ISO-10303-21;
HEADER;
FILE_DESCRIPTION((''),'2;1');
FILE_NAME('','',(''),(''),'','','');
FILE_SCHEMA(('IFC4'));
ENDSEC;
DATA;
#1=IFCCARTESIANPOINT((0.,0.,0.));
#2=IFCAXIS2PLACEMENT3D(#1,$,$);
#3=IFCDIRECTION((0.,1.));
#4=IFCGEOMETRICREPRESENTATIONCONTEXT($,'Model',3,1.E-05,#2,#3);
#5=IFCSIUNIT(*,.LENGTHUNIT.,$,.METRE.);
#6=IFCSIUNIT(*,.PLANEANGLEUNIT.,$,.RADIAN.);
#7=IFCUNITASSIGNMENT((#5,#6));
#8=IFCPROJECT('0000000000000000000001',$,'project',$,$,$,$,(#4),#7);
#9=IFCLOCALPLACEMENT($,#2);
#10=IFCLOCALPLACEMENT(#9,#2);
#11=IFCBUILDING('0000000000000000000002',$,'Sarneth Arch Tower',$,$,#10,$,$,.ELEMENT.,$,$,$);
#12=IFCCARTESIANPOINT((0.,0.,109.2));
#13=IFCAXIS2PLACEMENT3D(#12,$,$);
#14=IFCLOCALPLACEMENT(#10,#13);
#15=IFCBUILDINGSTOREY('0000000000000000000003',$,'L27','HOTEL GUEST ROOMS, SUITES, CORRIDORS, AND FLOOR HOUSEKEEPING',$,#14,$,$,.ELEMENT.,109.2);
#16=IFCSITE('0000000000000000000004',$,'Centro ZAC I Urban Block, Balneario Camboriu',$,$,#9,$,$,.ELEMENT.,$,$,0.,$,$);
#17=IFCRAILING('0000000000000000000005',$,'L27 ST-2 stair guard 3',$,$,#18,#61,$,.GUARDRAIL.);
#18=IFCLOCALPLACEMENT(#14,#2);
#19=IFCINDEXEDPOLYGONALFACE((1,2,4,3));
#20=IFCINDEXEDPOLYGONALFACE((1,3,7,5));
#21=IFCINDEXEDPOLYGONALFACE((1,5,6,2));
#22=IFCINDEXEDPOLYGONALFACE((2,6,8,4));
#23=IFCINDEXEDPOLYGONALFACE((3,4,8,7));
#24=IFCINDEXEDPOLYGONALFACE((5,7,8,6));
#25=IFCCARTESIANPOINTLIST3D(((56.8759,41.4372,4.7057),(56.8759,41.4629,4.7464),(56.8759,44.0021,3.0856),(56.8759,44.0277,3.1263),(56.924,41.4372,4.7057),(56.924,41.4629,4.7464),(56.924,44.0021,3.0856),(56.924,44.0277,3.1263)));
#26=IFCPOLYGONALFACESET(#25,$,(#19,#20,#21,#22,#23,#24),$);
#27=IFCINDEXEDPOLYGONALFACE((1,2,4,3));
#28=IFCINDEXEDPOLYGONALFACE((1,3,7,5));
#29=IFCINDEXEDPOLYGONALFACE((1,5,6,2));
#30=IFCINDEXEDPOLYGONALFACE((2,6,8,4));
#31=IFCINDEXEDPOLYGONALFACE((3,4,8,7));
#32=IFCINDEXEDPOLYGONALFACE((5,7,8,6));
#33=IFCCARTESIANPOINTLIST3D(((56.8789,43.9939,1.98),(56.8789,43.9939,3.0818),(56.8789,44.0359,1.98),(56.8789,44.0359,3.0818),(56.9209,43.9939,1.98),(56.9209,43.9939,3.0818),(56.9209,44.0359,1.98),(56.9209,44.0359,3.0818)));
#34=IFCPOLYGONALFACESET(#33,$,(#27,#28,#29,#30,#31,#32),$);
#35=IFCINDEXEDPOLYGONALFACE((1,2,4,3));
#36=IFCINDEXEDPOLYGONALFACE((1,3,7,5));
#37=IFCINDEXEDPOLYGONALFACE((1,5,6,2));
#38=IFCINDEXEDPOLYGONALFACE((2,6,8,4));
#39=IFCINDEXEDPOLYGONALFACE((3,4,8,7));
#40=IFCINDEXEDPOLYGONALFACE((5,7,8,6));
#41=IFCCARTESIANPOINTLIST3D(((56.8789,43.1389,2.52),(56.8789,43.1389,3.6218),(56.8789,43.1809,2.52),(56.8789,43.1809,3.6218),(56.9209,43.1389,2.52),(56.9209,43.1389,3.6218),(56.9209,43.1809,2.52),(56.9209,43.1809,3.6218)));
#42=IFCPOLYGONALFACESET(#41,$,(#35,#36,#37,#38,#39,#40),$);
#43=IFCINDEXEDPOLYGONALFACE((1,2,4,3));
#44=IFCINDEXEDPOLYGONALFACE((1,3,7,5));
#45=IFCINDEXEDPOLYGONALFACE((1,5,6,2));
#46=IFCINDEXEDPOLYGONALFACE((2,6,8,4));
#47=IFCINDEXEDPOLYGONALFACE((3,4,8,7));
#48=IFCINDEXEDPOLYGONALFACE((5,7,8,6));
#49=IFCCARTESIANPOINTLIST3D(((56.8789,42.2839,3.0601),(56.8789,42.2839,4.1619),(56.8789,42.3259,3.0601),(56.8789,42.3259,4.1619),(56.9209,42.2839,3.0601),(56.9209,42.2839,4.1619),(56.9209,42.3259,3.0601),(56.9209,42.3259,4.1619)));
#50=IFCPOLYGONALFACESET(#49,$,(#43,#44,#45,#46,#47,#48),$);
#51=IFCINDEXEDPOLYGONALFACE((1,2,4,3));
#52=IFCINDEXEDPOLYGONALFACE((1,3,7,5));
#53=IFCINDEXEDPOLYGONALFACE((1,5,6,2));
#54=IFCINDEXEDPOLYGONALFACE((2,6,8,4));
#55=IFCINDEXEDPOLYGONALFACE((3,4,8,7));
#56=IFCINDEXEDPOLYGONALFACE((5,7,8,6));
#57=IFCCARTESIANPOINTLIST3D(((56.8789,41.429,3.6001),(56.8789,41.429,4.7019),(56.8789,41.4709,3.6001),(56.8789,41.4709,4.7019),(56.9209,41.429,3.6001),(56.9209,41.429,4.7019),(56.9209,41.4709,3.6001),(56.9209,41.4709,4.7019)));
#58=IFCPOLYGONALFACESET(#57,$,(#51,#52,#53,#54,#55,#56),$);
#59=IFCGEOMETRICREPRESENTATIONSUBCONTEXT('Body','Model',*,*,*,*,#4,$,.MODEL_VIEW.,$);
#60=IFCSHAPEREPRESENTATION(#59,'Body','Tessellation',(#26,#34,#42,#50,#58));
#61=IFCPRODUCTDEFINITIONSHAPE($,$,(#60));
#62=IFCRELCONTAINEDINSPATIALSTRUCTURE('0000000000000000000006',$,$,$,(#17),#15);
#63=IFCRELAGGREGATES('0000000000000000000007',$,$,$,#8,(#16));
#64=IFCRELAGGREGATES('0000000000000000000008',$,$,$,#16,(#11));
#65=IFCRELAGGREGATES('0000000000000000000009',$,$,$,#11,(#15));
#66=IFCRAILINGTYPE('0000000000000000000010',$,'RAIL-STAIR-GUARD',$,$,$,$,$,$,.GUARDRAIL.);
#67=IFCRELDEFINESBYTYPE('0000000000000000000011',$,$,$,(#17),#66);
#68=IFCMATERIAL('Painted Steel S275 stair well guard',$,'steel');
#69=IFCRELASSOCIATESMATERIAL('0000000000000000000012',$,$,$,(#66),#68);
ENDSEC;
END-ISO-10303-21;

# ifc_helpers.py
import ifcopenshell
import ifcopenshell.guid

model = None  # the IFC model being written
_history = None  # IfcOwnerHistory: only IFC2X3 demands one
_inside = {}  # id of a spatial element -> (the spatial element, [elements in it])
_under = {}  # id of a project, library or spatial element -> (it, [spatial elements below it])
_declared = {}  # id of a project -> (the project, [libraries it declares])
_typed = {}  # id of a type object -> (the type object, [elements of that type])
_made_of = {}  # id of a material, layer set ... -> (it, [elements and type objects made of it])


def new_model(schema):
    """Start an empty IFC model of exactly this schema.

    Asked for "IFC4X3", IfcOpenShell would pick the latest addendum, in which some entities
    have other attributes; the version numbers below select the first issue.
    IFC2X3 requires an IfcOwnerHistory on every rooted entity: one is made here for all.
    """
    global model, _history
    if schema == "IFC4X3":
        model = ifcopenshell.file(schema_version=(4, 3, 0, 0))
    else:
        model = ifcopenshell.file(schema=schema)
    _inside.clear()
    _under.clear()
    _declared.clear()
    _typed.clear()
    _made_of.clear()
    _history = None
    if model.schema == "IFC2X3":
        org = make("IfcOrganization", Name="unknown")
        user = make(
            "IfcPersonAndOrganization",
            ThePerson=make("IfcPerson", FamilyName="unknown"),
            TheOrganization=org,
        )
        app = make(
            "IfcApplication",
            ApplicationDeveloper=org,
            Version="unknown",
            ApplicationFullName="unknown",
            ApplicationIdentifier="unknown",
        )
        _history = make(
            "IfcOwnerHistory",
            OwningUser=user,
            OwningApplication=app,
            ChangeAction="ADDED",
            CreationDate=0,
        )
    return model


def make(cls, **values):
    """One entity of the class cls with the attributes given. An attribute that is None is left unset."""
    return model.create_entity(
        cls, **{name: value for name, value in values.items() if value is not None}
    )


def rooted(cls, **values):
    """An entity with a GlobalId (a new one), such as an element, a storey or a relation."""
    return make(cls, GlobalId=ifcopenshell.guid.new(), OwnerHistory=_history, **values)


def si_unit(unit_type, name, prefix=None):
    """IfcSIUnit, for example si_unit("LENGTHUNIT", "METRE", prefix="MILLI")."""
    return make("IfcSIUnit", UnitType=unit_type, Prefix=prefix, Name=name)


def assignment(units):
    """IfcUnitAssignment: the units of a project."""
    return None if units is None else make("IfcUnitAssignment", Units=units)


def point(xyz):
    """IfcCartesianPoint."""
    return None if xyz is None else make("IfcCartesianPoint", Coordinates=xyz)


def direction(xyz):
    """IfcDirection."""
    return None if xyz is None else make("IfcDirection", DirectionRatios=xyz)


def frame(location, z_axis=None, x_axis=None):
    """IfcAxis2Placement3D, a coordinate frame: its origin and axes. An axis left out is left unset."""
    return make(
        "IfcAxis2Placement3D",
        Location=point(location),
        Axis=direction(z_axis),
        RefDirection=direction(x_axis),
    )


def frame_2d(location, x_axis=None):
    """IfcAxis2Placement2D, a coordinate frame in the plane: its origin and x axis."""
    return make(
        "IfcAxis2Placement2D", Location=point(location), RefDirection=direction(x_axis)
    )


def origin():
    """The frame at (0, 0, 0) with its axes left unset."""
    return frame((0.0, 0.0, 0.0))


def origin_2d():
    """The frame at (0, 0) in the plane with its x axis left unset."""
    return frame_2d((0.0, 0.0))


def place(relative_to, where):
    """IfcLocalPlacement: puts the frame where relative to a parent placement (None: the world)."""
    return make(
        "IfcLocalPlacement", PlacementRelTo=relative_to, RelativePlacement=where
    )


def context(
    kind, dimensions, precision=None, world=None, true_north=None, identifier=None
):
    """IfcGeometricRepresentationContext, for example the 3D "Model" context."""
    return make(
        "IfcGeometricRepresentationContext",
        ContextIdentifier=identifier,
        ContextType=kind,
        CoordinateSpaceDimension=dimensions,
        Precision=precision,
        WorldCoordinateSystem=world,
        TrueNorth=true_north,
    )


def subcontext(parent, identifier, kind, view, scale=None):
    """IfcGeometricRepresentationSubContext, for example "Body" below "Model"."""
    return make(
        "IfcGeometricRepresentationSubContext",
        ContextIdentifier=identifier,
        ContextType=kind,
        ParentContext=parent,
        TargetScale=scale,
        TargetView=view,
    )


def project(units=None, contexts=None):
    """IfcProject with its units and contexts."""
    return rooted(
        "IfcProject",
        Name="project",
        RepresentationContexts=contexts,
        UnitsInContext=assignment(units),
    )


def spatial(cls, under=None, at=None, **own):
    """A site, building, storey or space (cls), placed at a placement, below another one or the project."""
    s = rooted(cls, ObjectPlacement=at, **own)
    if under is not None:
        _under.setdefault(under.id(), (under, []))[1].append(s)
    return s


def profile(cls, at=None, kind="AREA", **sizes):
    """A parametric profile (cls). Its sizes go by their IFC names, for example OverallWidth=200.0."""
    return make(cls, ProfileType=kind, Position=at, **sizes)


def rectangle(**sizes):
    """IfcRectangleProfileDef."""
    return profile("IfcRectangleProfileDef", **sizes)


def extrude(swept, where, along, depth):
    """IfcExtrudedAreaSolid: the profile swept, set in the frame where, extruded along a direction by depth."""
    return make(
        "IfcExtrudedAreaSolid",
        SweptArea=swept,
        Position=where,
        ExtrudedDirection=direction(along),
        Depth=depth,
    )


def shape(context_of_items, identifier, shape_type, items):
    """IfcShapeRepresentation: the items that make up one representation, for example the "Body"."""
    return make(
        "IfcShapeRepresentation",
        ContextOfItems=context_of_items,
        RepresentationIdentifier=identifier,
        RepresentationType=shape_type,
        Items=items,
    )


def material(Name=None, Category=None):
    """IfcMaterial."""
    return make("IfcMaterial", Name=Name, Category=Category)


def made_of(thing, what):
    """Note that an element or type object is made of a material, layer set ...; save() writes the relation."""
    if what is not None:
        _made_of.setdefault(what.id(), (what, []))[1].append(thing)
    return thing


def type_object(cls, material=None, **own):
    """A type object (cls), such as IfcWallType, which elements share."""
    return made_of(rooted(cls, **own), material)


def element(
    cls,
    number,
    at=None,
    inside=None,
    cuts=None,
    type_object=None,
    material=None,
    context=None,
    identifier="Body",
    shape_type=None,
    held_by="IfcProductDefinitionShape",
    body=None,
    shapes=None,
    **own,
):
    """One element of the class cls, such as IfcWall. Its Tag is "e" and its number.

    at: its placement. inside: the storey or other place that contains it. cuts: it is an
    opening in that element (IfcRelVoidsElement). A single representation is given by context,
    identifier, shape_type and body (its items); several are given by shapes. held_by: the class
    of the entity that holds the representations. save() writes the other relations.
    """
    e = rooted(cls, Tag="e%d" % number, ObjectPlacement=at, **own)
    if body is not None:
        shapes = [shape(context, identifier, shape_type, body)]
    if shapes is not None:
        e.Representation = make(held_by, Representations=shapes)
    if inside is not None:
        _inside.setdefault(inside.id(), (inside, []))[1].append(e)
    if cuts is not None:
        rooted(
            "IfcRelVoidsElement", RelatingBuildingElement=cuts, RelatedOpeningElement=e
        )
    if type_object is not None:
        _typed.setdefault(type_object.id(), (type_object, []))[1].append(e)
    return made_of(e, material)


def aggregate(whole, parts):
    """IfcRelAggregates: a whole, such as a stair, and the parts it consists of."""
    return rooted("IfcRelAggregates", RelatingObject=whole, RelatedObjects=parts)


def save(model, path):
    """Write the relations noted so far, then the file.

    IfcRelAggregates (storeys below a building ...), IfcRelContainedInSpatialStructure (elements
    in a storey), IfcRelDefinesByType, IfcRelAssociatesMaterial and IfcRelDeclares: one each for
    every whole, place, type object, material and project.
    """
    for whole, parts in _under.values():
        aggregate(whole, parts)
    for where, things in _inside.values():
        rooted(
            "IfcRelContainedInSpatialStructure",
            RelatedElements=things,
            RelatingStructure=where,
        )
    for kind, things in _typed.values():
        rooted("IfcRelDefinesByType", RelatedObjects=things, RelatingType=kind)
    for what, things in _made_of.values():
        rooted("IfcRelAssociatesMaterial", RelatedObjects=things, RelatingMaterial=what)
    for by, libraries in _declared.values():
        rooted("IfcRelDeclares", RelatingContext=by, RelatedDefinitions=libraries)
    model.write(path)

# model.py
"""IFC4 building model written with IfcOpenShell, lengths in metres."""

from ifc_helpers import new_model, si_unit, direction, frame, origin, origin_2d, place, context, subcontext, project, spatial, rectangle, extrude, material, type_object, element, save


model = new_model("IFC4")

# Units and contexts
model_context = context("Model", 3, precision=1e-05, world=origin(), true_north=direction((0.0, 1.0)))
body_context = subcontext(model_context, "Body", "Model", "MODEL_VIEW")
ifc_project = project(units=[si_unit("LENGTHUNIT", "METRE"), si_unit("PLANEANGLEUNIT", "RADIAN")], contexts=[model_context])

# Site, building, storey
site_placement = place(None, origin())
site = spatial("IfcSite", under=ifc_project, at=site_placement, Name="Centro ZAC I Urban Block, Balneario Camboriu", CompositionType="ELEMENT", RefElevation=0.0)
building_placement = place(site_placement, origin())
building = spatial("IfcBuilding", under=site, at=building_placement, Name="Sarneth Arch Tower", CompositionType="ELEMENT")
storey_placement = place(building_placement, frame((0.0, 0.0, 109.2)))
storey = spatial("IfcBuildingStorey", under=building, at=storey_placement, Name="L27", Description="HOTEL GUEST ROOMS, SUITES, CORRIDORS, AND FLOOR HOUSEKEEPING", CompositionType="ELEMENT", Elevation=109.2)

# Railing
ifc_material_1 = material(Name="Painted Steel S275 stair well guard", Category="steel")
railing_type_1 = type_object("IfcRailingType", Name="RAIL-STAIR-GUARD", PredefinedType="GUARDRAIL", material=ifc_material_1)
railing_1_placement = place(storey_placement, frame((56.8999, 44.0149, 1.98)))
element("IfcRailing", 1, at=railing_1_placement, inside=storey, type_object=railing_type_1, Name="L27 ST-2 stair guard 3", PredefinedType="GUARDRAIL", context=body_context, shape_type="SweptSolid", body=[
    extrude(rectangle(XDim=0.0481, YDim=0.0481, at=origin_2d()), frame((0.0, 0.0, 1.126), z_axis=(0.0, -0.845466, 0.534029), x_axis=(1.0, 0.0, 0.0)), (0.0, 0.0, 1.0), 3.0337),
    extrude(rectangle(XDim=0.042, YDim=0.042, at=origin_2d()), origin(), (0.0, 0.0, 1.0), 1.1018),
    extrude(rectangle(XDim=0.042, YDim=0.042, at=origin_2d()), frame((0.0, -0.855, 0.54)), (0.0, 0.0, 1.0), 1.1018),
    extrude(rectangle(XDim=0.042, YDim=0.042, at=origin_2d()), frame((0.0, -1.71, 1.0801)), (0.0, 0.0, 1.0), 1.1018),
    extrude(rectangle(XDim=0.042, YDim=0.042, at=origin_2d()), frame((0.0, -2.5649, 1.6201)), (0.0, 0.0, 1.0), 1.1018),
])

save(model, "model.ifc")
